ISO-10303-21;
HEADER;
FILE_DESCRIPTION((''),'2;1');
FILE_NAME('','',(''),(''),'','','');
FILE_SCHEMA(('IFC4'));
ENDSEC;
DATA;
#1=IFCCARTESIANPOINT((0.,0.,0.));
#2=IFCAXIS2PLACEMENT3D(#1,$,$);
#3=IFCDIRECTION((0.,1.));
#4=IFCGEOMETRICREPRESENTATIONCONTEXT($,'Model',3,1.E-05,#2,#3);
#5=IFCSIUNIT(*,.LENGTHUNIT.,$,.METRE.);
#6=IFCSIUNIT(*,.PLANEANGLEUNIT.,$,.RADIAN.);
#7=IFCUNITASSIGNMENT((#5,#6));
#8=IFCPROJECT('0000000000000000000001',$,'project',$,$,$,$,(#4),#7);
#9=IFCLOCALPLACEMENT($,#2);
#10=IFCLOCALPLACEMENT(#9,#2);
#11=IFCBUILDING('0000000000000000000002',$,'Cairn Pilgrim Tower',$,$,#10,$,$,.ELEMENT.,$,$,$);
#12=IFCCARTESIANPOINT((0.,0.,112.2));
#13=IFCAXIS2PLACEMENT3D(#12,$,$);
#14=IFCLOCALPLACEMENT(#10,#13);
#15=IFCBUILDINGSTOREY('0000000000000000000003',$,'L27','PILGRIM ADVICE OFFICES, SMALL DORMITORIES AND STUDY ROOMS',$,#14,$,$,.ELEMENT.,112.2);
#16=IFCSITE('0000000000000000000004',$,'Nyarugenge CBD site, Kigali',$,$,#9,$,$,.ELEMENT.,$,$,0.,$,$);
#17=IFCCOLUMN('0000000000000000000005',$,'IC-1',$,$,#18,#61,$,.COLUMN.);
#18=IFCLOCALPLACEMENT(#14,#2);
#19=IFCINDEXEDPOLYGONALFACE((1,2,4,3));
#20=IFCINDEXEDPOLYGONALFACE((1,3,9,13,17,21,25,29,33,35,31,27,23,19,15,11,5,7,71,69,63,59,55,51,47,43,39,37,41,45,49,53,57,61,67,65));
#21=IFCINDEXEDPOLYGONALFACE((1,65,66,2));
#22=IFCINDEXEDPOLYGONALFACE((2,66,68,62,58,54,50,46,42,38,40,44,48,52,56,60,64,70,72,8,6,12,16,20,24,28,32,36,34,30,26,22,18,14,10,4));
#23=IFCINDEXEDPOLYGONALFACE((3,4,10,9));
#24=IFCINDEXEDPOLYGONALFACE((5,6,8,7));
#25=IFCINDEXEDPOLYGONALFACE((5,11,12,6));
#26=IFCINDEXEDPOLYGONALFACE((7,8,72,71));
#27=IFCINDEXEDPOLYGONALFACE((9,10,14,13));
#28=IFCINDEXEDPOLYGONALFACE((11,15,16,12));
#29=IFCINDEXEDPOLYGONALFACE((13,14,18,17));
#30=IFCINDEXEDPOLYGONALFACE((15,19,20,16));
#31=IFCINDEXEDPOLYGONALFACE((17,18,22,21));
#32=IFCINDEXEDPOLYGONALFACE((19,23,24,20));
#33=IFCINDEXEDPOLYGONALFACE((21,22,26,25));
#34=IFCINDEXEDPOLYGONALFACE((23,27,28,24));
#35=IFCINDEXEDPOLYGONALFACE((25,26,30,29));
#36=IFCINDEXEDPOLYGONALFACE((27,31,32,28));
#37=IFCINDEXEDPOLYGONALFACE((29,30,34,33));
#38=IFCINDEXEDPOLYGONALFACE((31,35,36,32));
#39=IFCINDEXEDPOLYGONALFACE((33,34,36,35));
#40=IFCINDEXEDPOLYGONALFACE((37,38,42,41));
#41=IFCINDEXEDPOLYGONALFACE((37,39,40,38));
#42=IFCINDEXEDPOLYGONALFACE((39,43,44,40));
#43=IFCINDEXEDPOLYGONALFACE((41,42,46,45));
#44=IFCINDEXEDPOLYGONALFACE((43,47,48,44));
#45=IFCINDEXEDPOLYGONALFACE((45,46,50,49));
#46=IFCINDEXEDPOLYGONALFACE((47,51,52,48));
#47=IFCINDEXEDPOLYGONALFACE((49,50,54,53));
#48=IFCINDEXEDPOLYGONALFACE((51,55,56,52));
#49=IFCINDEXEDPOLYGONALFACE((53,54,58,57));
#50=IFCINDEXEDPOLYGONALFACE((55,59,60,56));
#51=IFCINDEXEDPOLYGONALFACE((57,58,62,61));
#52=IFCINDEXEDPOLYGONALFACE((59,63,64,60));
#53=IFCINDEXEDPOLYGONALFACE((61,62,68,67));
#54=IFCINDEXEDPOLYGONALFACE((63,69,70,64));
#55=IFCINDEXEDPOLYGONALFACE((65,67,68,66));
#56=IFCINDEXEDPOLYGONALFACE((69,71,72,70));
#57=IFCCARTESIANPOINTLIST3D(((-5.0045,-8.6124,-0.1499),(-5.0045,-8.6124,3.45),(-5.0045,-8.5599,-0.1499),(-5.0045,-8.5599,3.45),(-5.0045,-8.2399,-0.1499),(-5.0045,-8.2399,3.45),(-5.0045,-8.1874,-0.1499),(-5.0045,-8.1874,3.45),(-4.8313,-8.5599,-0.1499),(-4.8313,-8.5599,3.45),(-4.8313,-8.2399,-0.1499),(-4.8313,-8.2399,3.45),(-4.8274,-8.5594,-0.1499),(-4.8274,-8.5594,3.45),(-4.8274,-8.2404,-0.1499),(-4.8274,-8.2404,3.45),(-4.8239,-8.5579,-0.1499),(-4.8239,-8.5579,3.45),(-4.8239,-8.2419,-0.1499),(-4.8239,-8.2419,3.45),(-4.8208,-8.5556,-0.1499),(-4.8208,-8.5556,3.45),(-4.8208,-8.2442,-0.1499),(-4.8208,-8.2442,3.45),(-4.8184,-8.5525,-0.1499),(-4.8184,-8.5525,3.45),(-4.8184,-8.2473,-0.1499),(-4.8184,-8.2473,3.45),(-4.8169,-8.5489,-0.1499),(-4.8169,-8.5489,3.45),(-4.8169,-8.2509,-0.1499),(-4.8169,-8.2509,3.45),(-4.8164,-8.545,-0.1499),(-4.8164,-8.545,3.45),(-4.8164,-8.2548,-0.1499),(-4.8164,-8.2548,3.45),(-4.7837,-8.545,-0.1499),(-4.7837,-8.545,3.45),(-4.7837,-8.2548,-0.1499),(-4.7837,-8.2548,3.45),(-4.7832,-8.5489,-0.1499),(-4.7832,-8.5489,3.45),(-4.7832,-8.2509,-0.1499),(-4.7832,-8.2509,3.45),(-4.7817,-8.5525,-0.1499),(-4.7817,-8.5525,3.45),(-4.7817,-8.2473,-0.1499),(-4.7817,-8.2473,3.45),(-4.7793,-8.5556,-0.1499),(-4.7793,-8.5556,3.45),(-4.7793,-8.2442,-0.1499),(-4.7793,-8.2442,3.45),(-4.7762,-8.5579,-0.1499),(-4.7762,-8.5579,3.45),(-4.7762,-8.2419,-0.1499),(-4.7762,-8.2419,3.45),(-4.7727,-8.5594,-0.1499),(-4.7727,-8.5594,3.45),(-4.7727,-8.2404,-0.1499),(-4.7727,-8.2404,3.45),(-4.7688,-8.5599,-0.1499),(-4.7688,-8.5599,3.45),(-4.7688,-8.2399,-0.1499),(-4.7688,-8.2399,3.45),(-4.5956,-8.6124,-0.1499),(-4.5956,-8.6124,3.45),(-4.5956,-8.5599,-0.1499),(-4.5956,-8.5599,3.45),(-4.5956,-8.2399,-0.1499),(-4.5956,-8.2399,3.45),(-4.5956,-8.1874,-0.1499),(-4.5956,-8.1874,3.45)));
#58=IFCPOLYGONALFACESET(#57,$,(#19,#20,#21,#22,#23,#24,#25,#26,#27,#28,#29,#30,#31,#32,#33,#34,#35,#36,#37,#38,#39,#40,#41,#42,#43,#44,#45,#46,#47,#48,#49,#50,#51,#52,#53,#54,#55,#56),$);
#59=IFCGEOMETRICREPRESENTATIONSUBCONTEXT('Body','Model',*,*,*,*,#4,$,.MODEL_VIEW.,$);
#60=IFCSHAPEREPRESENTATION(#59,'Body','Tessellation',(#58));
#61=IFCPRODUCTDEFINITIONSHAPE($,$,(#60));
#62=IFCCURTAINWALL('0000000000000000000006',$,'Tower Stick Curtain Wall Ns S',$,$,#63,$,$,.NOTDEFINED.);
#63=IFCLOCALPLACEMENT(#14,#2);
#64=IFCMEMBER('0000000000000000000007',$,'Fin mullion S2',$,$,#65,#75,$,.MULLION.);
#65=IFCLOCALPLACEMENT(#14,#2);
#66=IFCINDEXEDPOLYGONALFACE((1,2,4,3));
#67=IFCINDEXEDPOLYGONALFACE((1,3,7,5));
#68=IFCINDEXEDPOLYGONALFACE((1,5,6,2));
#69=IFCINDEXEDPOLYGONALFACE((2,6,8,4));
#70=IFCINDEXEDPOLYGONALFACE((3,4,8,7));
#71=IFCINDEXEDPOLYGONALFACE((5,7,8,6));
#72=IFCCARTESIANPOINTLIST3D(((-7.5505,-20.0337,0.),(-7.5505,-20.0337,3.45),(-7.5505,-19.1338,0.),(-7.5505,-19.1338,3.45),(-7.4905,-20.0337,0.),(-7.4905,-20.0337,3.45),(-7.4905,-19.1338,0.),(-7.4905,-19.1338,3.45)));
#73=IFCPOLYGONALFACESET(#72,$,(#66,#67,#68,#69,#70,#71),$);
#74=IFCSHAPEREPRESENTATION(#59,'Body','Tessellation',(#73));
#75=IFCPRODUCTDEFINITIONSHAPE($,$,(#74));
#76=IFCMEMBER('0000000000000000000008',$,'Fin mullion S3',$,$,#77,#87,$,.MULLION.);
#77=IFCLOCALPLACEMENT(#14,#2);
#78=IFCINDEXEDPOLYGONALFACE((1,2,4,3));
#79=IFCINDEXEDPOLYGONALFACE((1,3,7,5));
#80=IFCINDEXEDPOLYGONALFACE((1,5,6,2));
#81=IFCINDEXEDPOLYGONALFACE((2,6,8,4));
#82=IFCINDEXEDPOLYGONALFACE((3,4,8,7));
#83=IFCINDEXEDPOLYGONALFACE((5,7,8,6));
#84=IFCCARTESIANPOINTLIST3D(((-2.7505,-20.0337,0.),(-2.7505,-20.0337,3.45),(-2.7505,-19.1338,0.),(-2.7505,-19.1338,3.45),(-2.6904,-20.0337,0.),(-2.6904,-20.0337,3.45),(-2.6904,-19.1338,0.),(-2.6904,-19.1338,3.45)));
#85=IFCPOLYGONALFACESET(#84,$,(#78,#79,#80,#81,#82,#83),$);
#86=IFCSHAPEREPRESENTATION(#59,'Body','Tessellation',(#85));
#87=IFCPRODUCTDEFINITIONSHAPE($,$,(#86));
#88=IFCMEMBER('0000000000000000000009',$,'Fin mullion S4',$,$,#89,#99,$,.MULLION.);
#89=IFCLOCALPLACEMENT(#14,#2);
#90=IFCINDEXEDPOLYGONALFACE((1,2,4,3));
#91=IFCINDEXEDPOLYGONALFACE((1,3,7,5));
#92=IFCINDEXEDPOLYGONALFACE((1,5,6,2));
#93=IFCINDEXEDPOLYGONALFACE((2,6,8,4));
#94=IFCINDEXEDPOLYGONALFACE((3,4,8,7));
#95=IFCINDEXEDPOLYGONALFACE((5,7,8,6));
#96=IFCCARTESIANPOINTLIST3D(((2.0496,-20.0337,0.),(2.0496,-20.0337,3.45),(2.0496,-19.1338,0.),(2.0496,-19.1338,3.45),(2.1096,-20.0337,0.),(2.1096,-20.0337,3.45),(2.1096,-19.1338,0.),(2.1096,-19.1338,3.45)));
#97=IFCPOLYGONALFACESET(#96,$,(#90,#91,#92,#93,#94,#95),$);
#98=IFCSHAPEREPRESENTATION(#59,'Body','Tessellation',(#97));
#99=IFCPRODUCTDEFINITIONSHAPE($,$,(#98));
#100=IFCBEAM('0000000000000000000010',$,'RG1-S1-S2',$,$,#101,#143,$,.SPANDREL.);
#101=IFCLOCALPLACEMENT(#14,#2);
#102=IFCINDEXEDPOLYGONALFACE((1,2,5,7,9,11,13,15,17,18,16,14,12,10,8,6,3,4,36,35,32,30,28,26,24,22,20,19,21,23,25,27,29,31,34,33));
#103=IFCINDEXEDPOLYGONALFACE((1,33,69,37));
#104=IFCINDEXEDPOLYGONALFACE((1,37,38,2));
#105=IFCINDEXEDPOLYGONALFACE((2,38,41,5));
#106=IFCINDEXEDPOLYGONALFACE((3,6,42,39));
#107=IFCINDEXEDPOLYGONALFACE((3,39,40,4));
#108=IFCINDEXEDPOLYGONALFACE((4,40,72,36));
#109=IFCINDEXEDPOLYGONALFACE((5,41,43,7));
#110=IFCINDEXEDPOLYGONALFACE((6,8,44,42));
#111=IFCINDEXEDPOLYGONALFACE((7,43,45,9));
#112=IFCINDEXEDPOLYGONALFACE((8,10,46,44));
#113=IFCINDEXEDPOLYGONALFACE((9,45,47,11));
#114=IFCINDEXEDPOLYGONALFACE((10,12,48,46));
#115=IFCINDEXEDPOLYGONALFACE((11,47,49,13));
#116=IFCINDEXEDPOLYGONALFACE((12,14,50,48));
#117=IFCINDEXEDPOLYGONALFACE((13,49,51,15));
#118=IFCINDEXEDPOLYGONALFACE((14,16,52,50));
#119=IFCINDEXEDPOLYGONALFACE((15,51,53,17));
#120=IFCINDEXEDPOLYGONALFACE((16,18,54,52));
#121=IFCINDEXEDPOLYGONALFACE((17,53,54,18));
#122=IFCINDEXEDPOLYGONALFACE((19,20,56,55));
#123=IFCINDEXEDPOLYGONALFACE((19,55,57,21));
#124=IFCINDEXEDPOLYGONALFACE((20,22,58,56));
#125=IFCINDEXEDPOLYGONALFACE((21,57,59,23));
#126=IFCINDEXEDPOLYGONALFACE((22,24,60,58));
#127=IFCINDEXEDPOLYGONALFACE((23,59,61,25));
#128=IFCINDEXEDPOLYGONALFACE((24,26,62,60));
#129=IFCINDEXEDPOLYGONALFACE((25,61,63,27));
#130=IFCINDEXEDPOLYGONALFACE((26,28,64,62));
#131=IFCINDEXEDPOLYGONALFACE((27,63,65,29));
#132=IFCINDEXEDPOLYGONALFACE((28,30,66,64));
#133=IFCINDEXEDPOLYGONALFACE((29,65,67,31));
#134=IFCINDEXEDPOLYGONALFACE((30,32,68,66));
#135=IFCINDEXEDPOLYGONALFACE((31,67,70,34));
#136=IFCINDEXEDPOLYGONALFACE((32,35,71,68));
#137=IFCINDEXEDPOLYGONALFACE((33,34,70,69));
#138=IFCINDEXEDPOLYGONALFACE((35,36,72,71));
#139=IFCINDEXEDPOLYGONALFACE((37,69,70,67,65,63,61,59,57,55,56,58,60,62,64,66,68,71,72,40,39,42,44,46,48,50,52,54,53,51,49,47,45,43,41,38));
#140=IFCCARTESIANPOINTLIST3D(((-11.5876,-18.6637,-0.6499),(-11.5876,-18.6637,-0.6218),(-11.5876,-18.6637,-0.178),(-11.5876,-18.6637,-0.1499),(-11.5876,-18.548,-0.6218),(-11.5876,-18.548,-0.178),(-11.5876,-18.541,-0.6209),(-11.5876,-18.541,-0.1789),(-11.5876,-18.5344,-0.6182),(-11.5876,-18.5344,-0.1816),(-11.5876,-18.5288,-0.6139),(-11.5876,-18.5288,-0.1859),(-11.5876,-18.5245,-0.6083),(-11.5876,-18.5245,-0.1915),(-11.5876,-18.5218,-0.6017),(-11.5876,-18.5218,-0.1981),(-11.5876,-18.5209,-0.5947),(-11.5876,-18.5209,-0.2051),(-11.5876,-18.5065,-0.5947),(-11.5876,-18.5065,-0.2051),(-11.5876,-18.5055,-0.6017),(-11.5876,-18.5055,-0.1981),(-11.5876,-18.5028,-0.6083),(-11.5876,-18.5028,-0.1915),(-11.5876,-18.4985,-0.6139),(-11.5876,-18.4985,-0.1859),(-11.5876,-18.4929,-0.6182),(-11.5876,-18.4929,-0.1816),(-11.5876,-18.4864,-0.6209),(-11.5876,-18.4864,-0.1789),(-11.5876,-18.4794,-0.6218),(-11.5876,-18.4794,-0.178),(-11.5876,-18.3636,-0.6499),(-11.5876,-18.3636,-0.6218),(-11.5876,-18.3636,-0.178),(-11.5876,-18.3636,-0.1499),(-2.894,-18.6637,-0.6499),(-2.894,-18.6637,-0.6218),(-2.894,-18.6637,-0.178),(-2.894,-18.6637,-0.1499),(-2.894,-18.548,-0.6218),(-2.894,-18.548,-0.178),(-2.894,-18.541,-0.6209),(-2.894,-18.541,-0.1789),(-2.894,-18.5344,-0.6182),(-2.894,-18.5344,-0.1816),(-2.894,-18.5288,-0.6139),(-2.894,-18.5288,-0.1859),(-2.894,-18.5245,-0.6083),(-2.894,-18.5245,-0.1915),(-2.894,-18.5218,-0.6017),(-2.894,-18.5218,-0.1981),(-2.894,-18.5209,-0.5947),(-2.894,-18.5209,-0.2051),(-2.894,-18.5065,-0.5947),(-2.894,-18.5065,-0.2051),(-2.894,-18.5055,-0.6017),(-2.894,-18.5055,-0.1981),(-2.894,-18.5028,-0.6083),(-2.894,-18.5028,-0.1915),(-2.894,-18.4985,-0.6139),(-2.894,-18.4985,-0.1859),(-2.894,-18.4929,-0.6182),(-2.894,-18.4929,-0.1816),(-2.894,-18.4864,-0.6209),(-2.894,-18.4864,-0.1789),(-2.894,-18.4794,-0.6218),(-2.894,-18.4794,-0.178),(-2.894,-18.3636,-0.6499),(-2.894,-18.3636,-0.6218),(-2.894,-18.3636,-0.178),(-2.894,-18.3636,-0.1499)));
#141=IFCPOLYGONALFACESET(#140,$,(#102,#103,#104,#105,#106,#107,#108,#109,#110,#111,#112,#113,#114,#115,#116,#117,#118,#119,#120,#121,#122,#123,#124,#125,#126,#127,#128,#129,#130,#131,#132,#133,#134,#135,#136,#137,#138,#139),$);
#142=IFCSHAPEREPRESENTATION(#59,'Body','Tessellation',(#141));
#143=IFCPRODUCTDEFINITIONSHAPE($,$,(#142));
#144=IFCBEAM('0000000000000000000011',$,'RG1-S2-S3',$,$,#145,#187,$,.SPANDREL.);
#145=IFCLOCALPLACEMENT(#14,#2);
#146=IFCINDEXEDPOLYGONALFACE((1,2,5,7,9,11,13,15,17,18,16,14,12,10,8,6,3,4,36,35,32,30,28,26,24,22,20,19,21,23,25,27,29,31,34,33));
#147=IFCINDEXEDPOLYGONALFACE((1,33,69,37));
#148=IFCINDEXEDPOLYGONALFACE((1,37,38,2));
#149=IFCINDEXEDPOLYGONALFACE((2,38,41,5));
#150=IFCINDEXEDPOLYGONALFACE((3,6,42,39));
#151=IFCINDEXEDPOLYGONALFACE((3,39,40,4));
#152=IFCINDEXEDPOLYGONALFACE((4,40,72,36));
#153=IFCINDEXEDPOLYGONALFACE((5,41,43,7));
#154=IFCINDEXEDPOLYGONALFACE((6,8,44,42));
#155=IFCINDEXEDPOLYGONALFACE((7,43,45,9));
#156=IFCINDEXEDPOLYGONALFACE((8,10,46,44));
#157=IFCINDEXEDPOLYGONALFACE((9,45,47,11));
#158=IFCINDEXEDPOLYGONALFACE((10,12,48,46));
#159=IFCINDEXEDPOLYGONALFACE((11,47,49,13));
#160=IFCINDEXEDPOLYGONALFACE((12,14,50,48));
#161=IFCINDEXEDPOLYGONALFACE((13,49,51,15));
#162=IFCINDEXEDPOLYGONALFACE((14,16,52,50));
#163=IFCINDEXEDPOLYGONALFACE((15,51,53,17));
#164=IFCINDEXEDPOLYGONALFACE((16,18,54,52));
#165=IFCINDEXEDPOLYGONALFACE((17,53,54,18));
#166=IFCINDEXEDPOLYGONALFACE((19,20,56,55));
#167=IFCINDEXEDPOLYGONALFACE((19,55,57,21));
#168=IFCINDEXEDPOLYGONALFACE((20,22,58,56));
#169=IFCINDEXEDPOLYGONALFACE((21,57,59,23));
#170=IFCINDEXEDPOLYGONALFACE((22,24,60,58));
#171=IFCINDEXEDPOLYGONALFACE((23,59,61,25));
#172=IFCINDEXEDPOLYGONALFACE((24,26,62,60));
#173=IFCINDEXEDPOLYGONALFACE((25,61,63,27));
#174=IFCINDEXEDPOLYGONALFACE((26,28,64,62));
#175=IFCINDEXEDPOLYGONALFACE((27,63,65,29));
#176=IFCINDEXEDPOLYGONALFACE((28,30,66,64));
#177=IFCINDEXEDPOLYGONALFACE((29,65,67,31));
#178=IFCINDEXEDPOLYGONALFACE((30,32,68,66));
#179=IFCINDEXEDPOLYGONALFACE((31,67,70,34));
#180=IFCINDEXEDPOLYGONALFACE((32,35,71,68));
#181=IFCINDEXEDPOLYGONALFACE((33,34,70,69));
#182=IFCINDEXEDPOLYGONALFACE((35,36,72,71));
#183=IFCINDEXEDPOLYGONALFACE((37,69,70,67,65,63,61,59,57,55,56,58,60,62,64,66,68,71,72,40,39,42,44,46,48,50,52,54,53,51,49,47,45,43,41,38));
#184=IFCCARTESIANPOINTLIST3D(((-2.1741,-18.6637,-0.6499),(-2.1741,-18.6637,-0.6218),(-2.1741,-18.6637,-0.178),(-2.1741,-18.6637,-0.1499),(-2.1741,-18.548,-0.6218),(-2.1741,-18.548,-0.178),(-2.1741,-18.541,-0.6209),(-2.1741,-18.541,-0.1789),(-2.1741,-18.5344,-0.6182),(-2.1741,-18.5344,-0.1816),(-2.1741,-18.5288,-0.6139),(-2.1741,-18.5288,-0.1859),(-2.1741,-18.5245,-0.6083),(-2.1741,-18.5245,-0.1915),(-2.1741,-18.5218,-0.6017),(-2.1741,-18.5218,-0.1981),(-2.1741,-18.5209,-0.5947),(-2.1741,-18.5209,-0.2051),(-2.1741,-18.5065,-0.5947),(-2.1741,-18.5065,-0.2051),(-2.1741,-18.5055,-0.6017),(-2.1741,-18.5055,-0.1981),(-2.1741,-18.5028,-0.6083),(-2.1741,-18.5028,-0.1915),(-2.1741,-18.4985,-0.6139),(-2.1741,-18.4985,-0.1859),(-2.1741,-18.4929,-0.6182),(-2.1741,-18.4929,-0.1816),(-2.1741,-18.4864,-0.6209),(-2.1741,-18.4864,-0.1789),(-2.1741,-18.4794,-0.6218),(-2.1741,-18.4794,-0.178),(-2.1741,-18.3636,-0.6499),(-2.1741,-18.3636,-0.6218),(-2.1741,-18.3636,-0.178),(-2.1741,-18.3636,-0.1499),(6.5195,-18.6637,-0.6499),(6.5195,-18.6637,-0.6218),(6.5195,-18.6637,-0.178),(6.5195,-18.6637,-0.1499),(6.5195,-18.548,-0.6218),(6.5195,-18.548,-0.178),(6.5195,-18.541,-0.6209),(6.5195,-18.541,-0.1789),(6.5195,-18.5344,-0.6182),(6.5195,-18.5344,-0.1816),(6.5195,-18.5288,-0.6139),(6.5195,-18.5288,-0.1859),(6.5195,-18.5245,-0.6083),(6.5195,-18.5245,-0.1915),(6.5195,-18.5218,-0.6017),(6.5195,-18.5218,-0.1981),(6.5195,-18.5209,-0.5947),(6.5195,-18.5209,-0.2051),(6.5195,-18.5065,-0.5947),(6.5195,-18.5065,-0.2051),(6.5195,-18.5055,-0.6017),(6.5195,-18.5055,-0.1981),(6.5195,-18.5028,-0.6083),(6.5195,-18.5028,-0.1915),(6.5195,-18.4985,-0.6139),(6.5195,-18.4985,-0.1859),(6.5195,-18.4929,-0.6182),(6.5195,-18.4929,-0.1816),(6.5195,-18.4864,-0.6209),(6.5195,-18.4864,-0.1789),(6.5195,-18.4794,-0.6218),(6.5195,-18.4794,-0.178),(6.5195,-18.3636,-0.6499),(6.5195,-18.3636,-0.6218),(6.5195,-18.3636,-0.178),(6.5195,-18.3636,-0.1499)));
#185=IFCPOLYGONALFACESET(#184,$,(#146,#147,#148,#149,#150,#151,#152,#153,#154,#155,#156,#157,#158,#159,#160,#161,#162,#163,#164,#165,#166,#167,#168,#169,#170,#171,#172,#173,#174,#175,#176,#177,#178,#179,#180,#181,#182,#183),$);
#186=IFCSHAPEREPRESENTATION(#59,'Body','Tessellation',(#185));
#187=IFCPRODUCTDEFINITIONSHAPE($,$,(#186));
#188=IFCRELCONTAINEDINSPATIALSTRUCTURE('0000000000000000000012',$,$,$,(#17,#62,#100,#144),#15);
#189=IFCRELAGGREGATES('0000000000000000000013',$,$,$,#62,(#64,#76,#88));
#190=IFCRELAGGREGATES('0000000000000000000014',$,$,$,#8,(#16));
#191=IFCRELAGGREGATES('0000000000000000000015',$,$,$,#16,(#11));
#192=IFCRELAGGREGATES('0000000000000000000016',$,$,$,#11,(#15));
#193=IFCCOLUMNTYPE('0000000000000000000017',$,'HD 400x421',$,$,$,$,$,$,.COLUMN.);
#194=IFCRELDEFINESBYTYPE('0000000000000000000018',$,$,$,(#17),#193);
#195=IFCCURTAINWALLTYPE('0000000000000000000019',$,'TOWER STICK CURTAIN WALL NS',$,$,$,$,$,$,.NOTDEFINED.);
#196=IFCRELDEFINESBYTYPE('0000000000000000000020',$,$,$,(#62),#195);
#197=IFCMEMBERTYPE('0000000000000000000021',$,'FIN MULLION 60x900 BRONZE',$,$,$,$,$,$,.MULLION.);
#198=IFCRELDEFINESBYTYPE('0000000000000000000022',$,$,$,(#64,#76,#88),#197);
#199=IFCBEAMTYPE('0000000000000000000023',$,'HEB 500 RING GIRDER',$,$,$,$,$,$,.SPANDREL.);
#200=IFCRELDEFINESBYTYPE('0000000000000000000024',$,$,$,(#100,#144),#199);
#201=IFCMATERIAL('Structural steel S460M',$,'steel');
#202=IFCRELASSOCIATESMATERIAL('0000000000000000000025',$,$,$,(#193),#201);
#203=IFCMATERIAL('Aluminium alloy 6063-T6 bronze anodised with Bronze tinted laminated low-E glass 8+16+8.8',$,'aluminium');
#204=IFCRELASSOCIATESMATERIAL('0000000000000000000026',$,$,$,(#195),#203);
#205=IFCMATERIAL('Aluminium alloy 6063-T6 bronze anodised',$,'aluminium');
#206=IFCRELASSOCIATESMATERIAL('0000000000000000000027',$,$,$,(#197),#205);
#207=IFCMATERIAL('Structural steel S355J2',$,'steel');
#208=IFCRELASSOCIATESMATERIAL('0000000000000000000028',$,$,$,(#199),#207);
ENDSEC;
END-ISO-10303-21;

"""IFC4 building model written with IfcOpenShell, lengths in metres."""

from ifc_helpers import new_model, si_unit, direction, frame, origin, origin_2d, place, context, subcontext, project, spatial, rectangle, i_section, extrude, material, material_profile, profile_set, type_object, element, aggregate, save


model = new_model("IFC4")

# Units and contexts
model_context = context("Model", 3, precision=1e-05, world=origin(), true_north=direction((0.0, 1.0)))
body_context = subcontext(model_context, "Body", "Model", "MODEL_VIEW")
ifc_project = project(units=[si_unit("LENGTHUNIT", "METRE"), si_unit("PLANEANGLEUNIT", "RADIAN")], contexts=[model_context])

# Site, building, storey
site_placement = place(None, origin())
site = spatial("IfcSite", under=ifc_project, at=site_placement, Name="Nyarugenge CBD site, Kigali", CompositionType="ELEMENT", RefElevation=0.0)
building_placement = place(site_placement, origin())
building = spatial("IfcBuilding", under=site, at=building_placement, Name="Cairn Pilgrim Tower", CompositionType="ELEMENT")
storey_placement = place(building_placement, frame((0.0, 0.0, 112.2)))
storey = spatial("IfcBuildingStorey", under=building, at=storey_placement, Name="L27", Description="PILGRIM ADVICE OFFICES, SMALL DORMITORIES AND STUDY ROOMS", CompositionType="ELEMENT", Elevation=112.2)

# Column
ifc_material_1 = material(Name="Structural steel S460M", Category="steel")
ifc_material_profile_1 = material_profile(ifc_material_1, i_section(OverallWidth=0.4089, OverallDepth=0.425, WebThickness=0.0327, FlangeThickness=0.0525, FilletRadius=0.0149, at=origin_2d()), Name="HD 400x421")
ifc_profile_set_1 = profile_set([ifc_material_profile_1], Name="Structural steel S460M")
column_type_1 = type_object("IfcColumnType", Name="HD 400x421", PredefinedType="COLUMN", material=ifc_profile_set_1)
column_placement = place(storey_placement, frame((-4.8, -8.3999, -0.1499), z_axis=(0.0, 0.0, 1.0), x_axis=(1.0, 0.0, 0.0)))
element("IfcColumn", 1, at=column_placement, inside=storey, type_object=column_type_1, Name="IC-1", PredefinedType="COLUMN", context=body_context, shape_type="SweptSolid", body=[
    extrude(i_section(OverallWidth=0.4089, OverallDepth=0.425, WebThickness=0.0327, FlangeThickness=0.0525, FilletRadius=0.0149, at=origin_2d()), origin(), (0.0, 0.0, 1.0), 3.5999),
])

# Curtain wall, members
ifc_material_2 = material(Name="Aluminium alloy 6063-T6 bronze anodised with Bronze tinted laminated low-E glass 8+16+8.8", Category="aluminium")
curtain_wall_type = type_object("IfcCurtainWallType", Name="TOWER STICK CURTAIN WALL NS", PredefinedType="NOTDEFINED", material=ifc_material_2)
curtain_wall_placement = place(storey_placement, origin())
curtain_wall = element("IfcCurtainWall", 2, at=curtain_wall_placement, inside=storey, type_object=curtain_wall_type, Name="Tower Stick Curtain Wall Ns S", PredefinedType="NOTDEFINED")
ifc_material_3 = material(Name="Aluminium alloy 6063-T6 bronze anodised", Category="aluminium")
ifc_material_profile_2 = material_profile(ifc_material_3, rectangle(XDim=0.8999, YDim=0.0601, at=origin_2d()), Name="FIN MULLION 60x900 BRONZE")
ifc_profile_set_2 = profile_set([ifc_material_profile_2], Name="Aluminium alloy 6063-T6 bronze anodised")
member_type_1 = type_object("IfcMemberType", Name="FIN MULLION 60x900 BRONZE", PredefinedType="MULLION", material=ifc_profile_set_2)
member_1_placement = place(storey_placement, frame((-7.5205, -19.5837, 0.0), z_axis=(0.0, 0.0, 1.0), x_axis=(0.0, -1.0, 0.0)))
member_1 = element("IfcMember", 3, at=member_1_placement, type_object=member_type_1, Name="Fin mullion S2", PredefinedType="MULLION", context=body_context, shape_type="SweptSolid", body=[
    extrude(rectangle(XDim=0.8999, YDim=0.0601, at=origin_2d()), origin(), (0.0, 0.0, 1.0), 3.45),
])
member_2_placement = place(storey_placement, frame((-2.7205, -19.5837, 0.0), z_axis=(0.0, 0.0, 1.0), x_axis=(0.0, -1.0, 0.0)))
member_2 = element("IfcMember", 4, at=member_2_placement, type_object=member_type_1, Name="Fin mullion S3", PredefinedType="MULLION", context=body_context, shape_type="SweptSolid", body=[
    extrude(rectangle(XDim=0.8999, YDim=0.0601, at=origin_2d()), origin(), (0.0, 0.0, 1.0), 3.45),
])
member_3_placement = place(storey_placement, frame((2.0796, -19.5837, 0.0), z_axis=(0.0, 0.0, 1.0), x_axis=(0.0, -1.0, 0.0)))
member_3 = element("IfcMember", 5, at=member_3_placement, type_object=member_type_1, Name="Fin mullion S4", PredefinedType="MULLION", context=body_context, shape_type="SweptSolid", body=[
    extrude(rectangle(XDim=0.8999, YDim=0.0601, at=origin_2d()), origin(), (0.0, 0.0, 1.0), 3.45),
])

# Beams
ifc_material_4 = material(Name="Structural steel S355J2", Category="steel")
ifc_material_profile_3 = material_profile(ifc_material_4, i_section(OverallWidth=0.3, OverallDepth=0.5, WebThickness=0.0144, FlangeThickness=0.0281, FilletRadius=0.0271, at=origin_2d()), Name="HEB 500")
ifc_profile_set_3 = profile_set([ifc_material_profile_3], Name="Structural steel S355J2")
beam_type_1 = type_object("IfcBeamType", Name="HEB 500 RING GIRDER", PredefinedType="SPANDREL", material=ifc_profile_set_3)
for number, where, z_axis, x_axis, name in (
    (6, (-11.5876, -18.5137, -0.3999), (1.0, 0.0, 0.0), (0.0, 1.0, 0.0), "RG1-S1-S2"),
    (7, (-2.1741, -18.5137, -0.3999), (1.0, 0.0, 0.0), (0.0, 1.0, 0.0), "RG1-S2-S3"),
):
    element("IfcBeam", number, at=place(storey_placement, frame(where, z_axis=z_axis, x_axis=x_axis)), inside=storey, type_object=beam_type_1, Name=name, PredefinedType="SPANDREL", context=body_context, shape_type="SweptSolid", body=[
        extrude(i_section(OverallWidth=0.3, OverallDepth=0.5, WebThickness=0.0144, FlangeThickness=0.0281, FilletRadius=0.0271, at=origin_2d()), origin(), (0.0, 0.0, 1.0), 8.6936),
    ])

aggregate(curtain_wall, [member_1, member_2, member_3])

save(model, "model.ifc")
